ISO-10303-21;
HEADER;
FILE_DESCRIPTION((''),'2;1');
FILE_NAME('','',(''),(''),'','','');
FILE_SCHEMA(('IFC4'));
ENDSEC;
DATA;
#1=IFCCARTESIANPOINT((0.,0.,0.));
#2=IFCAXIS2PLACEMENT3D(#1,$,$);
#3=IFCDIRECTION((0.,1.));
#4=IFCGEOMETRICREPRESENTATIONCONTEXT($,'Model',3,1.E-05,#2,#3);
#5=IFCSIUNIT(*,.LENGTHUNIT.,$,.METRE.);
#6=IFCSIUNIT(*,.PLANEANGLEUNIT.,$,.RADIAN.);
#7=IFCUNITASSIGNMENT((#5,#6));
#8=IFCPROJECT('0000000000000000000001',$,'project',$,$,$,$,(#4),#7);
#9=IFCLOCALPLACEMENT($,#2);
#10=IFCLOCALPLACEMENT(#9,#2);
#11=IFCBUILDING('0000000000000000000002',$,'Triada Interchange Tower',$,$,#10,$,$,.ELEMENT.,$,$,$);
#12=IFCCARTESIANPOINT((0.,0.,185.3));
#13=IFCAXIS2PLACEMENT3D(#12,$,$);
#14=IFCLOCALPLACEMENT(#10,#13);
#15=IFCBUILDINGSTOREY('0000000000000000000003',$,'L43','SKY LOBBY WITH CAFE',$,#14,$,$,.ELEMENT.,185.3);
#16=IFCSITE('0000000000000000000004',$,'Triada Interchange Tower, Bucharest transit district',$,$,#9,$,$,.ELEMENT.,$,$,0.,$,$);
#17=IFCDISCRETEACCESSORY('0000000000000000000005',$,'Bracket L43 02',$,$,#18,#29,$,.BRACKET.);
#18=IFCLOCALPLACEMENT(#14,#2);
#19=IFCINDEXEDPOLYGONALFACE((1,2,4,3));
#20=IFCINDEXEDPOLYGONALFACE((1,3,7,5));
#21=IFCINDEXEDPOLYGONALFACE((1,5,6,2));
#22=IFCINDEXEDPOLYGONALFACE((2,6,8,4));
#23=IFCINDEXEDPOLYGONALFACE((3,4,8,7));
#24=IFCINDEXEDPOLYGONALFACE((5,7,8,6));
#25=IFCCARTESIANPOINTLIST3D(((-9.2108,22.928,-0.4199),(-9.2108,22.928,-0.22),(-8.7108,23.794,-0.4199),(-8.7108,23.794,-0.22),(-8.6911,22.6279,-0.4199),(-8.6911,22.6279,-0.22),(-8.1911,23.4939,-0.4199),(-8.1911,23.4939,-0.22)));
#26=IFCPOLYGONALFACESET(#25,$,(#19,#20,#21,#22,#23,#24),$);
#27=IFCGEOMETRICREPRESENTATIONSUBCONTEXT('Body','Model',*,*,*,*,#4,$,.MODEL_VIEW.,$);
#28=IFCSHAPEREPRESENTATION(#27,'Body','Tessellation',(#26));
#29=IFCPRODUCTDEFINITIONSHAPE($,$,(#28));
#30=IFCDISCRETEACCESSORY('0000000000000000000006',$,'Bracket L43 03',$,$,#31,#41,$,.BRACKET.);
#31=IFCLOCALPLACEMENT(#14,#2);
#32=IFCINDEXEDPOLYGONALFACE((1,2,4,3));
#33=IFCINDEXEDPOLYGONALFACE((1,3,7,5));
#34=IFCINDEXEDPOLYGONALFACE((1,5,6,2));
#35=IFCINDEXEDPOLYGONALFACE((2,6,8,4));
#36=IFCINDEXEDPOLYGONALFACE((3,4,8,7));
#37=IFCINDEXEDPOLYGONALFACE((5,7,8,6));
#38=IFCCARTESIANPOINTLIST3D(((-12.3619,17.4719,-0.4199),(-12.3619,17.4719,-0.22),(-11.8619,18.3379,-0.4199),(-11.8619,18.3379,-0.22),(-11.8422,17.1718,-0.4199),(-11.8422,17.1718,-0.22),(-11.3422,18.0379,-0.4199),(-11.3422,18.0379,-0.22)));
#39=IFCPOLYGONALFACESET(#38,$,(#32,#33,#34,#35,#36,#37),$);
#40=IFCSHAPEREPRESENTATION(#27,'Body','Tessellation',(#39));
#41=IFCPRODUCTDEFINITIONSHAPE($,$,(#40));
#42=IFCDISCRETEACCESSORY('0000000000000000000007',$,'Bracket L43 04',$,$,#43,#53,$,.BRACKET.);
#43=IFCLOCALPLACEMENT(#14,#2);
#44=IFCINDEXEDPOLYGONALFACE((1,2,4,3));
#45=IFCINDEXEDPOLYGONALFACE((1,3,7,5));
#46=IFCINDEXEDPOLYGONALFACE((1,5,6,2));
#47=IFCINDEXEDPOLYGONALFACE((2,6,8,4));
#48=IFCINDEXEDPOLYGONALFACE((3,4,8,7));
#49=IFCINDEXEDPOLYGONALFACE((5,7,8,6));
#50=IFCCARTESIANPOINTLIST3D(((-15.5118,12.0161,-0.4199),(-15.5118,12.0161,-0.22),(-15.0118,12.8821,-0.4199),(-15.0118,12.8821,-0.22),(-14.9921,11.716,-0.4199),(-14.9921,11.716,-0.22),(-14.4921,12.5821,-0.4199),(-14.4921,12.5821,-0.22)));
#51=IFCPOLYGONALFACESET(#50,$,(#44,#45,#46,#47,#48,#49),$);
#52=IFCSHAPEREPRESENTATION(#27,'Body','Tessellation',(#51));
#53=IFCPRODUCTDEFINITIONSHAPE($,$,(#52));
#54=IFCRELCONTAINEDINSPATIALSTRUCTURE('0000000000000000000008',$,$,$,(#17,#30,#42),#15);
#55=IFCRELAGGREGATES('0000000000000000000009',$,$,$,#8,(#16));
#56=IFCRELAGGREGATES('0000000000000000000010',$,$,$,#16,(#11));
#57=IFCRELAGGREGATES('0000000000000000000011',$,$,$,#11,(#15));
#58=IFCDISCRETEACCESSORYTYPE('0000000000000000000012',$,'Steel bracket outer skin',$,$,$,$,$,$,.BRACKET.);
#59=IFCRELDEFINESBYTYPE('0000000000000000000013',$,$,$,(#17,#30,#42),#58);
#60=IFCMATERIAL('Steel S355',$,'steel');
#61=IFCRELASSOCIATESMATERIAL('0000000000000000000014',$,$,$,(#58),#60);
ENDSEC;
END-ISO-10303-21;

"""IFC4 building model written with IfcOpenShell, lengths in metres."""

from ifc_helpers import new_model, si_unit, direction, frame, origin, origin_2d, place, context, subcontext, project, spatial, rectangle, extrude, material, type_object, element, save


model = new_model("IFC4")

# Units and contexts
model_context = context("Model", 3, precision=1e-05, world=origin(), true_north=direction((0.0, 1.0)))
body_context = subcontext(model_context, "Body", "Model", "MODEL_VIEW")
ifc_project = project(units=[si_unit("LENGTHUNIT", "METRE"), si_unit("PLANEANGLEUNIT", "RADIAN")], contexts=[model_context])

# Site, building, storey
site_placement = place(None, origin())
site = spatial("IfcSite", under=ifc_project, at=site_placement, Name="Triada Interchange Tower, Bucharest transit district", CompositionType="ELEMENT", RefElevation=0.0)
building_placement = place(site_placement, origin())
building = spatial("IfcBuilding", under=site, at=building_placement, Name="Triada Interchange Tower", CompositionType="ELEMENT")
storey_placement = place(building_placement, frame((0.0, 0.0, 185.3)))
storey = spatial("IfcBuildingStorey", under=building, at=storey_placement, Name="L43", Description="SKY LOBBY WITH CAFE", CompositionType="ELEMENT", Elevation=185.3)

# Discrete accessories
ifc_material_1 = material(Name="Steel S355", Category="steel")
discrete_accessory_type = type_object("IfcDiscreteAccessoryType", Name="Steel bracket outer skin", PredefinedType="BRACKET", material=ifc_material_1)
for number, where, z_axis, x_axis, name in (
    (1, (-8.7009, 23.2109, -0.4199), (0.0, 0.0, 1.0), (-0.866022, 0.500006, 0.0), "Bracket L43 02"),
    (2, (-11.8521, 17.7549, -0.4199), (0.0, 0.0, 1.0), (-0.866022, 0.500006, 0.0), "Bracket L43 03"),
    (3, (-15.002, 12.2991, -0.4199), (0.0, 0.0, 1.0), (-0.866022, 0.500006, 0.0), "Bracket L43 04"),
):
    element("IfcDiscreteAccessory", number, at=place(storey_placement, frame(where, z_axis=z_axis, x_axis=x_axis)), inside=storey, type_object=discrete_accessory_type, Name=name, PredefinedType="BRACKET", context=body_context, shape_type="SweptSolid", body=[
        extrude(rectangle(XDim=0.6001, YDim=1.0, at=origin_2d()), origin(), (0.0, 0.0, 1.0), 0.2),
    ])

save(model, "model.ifc")
